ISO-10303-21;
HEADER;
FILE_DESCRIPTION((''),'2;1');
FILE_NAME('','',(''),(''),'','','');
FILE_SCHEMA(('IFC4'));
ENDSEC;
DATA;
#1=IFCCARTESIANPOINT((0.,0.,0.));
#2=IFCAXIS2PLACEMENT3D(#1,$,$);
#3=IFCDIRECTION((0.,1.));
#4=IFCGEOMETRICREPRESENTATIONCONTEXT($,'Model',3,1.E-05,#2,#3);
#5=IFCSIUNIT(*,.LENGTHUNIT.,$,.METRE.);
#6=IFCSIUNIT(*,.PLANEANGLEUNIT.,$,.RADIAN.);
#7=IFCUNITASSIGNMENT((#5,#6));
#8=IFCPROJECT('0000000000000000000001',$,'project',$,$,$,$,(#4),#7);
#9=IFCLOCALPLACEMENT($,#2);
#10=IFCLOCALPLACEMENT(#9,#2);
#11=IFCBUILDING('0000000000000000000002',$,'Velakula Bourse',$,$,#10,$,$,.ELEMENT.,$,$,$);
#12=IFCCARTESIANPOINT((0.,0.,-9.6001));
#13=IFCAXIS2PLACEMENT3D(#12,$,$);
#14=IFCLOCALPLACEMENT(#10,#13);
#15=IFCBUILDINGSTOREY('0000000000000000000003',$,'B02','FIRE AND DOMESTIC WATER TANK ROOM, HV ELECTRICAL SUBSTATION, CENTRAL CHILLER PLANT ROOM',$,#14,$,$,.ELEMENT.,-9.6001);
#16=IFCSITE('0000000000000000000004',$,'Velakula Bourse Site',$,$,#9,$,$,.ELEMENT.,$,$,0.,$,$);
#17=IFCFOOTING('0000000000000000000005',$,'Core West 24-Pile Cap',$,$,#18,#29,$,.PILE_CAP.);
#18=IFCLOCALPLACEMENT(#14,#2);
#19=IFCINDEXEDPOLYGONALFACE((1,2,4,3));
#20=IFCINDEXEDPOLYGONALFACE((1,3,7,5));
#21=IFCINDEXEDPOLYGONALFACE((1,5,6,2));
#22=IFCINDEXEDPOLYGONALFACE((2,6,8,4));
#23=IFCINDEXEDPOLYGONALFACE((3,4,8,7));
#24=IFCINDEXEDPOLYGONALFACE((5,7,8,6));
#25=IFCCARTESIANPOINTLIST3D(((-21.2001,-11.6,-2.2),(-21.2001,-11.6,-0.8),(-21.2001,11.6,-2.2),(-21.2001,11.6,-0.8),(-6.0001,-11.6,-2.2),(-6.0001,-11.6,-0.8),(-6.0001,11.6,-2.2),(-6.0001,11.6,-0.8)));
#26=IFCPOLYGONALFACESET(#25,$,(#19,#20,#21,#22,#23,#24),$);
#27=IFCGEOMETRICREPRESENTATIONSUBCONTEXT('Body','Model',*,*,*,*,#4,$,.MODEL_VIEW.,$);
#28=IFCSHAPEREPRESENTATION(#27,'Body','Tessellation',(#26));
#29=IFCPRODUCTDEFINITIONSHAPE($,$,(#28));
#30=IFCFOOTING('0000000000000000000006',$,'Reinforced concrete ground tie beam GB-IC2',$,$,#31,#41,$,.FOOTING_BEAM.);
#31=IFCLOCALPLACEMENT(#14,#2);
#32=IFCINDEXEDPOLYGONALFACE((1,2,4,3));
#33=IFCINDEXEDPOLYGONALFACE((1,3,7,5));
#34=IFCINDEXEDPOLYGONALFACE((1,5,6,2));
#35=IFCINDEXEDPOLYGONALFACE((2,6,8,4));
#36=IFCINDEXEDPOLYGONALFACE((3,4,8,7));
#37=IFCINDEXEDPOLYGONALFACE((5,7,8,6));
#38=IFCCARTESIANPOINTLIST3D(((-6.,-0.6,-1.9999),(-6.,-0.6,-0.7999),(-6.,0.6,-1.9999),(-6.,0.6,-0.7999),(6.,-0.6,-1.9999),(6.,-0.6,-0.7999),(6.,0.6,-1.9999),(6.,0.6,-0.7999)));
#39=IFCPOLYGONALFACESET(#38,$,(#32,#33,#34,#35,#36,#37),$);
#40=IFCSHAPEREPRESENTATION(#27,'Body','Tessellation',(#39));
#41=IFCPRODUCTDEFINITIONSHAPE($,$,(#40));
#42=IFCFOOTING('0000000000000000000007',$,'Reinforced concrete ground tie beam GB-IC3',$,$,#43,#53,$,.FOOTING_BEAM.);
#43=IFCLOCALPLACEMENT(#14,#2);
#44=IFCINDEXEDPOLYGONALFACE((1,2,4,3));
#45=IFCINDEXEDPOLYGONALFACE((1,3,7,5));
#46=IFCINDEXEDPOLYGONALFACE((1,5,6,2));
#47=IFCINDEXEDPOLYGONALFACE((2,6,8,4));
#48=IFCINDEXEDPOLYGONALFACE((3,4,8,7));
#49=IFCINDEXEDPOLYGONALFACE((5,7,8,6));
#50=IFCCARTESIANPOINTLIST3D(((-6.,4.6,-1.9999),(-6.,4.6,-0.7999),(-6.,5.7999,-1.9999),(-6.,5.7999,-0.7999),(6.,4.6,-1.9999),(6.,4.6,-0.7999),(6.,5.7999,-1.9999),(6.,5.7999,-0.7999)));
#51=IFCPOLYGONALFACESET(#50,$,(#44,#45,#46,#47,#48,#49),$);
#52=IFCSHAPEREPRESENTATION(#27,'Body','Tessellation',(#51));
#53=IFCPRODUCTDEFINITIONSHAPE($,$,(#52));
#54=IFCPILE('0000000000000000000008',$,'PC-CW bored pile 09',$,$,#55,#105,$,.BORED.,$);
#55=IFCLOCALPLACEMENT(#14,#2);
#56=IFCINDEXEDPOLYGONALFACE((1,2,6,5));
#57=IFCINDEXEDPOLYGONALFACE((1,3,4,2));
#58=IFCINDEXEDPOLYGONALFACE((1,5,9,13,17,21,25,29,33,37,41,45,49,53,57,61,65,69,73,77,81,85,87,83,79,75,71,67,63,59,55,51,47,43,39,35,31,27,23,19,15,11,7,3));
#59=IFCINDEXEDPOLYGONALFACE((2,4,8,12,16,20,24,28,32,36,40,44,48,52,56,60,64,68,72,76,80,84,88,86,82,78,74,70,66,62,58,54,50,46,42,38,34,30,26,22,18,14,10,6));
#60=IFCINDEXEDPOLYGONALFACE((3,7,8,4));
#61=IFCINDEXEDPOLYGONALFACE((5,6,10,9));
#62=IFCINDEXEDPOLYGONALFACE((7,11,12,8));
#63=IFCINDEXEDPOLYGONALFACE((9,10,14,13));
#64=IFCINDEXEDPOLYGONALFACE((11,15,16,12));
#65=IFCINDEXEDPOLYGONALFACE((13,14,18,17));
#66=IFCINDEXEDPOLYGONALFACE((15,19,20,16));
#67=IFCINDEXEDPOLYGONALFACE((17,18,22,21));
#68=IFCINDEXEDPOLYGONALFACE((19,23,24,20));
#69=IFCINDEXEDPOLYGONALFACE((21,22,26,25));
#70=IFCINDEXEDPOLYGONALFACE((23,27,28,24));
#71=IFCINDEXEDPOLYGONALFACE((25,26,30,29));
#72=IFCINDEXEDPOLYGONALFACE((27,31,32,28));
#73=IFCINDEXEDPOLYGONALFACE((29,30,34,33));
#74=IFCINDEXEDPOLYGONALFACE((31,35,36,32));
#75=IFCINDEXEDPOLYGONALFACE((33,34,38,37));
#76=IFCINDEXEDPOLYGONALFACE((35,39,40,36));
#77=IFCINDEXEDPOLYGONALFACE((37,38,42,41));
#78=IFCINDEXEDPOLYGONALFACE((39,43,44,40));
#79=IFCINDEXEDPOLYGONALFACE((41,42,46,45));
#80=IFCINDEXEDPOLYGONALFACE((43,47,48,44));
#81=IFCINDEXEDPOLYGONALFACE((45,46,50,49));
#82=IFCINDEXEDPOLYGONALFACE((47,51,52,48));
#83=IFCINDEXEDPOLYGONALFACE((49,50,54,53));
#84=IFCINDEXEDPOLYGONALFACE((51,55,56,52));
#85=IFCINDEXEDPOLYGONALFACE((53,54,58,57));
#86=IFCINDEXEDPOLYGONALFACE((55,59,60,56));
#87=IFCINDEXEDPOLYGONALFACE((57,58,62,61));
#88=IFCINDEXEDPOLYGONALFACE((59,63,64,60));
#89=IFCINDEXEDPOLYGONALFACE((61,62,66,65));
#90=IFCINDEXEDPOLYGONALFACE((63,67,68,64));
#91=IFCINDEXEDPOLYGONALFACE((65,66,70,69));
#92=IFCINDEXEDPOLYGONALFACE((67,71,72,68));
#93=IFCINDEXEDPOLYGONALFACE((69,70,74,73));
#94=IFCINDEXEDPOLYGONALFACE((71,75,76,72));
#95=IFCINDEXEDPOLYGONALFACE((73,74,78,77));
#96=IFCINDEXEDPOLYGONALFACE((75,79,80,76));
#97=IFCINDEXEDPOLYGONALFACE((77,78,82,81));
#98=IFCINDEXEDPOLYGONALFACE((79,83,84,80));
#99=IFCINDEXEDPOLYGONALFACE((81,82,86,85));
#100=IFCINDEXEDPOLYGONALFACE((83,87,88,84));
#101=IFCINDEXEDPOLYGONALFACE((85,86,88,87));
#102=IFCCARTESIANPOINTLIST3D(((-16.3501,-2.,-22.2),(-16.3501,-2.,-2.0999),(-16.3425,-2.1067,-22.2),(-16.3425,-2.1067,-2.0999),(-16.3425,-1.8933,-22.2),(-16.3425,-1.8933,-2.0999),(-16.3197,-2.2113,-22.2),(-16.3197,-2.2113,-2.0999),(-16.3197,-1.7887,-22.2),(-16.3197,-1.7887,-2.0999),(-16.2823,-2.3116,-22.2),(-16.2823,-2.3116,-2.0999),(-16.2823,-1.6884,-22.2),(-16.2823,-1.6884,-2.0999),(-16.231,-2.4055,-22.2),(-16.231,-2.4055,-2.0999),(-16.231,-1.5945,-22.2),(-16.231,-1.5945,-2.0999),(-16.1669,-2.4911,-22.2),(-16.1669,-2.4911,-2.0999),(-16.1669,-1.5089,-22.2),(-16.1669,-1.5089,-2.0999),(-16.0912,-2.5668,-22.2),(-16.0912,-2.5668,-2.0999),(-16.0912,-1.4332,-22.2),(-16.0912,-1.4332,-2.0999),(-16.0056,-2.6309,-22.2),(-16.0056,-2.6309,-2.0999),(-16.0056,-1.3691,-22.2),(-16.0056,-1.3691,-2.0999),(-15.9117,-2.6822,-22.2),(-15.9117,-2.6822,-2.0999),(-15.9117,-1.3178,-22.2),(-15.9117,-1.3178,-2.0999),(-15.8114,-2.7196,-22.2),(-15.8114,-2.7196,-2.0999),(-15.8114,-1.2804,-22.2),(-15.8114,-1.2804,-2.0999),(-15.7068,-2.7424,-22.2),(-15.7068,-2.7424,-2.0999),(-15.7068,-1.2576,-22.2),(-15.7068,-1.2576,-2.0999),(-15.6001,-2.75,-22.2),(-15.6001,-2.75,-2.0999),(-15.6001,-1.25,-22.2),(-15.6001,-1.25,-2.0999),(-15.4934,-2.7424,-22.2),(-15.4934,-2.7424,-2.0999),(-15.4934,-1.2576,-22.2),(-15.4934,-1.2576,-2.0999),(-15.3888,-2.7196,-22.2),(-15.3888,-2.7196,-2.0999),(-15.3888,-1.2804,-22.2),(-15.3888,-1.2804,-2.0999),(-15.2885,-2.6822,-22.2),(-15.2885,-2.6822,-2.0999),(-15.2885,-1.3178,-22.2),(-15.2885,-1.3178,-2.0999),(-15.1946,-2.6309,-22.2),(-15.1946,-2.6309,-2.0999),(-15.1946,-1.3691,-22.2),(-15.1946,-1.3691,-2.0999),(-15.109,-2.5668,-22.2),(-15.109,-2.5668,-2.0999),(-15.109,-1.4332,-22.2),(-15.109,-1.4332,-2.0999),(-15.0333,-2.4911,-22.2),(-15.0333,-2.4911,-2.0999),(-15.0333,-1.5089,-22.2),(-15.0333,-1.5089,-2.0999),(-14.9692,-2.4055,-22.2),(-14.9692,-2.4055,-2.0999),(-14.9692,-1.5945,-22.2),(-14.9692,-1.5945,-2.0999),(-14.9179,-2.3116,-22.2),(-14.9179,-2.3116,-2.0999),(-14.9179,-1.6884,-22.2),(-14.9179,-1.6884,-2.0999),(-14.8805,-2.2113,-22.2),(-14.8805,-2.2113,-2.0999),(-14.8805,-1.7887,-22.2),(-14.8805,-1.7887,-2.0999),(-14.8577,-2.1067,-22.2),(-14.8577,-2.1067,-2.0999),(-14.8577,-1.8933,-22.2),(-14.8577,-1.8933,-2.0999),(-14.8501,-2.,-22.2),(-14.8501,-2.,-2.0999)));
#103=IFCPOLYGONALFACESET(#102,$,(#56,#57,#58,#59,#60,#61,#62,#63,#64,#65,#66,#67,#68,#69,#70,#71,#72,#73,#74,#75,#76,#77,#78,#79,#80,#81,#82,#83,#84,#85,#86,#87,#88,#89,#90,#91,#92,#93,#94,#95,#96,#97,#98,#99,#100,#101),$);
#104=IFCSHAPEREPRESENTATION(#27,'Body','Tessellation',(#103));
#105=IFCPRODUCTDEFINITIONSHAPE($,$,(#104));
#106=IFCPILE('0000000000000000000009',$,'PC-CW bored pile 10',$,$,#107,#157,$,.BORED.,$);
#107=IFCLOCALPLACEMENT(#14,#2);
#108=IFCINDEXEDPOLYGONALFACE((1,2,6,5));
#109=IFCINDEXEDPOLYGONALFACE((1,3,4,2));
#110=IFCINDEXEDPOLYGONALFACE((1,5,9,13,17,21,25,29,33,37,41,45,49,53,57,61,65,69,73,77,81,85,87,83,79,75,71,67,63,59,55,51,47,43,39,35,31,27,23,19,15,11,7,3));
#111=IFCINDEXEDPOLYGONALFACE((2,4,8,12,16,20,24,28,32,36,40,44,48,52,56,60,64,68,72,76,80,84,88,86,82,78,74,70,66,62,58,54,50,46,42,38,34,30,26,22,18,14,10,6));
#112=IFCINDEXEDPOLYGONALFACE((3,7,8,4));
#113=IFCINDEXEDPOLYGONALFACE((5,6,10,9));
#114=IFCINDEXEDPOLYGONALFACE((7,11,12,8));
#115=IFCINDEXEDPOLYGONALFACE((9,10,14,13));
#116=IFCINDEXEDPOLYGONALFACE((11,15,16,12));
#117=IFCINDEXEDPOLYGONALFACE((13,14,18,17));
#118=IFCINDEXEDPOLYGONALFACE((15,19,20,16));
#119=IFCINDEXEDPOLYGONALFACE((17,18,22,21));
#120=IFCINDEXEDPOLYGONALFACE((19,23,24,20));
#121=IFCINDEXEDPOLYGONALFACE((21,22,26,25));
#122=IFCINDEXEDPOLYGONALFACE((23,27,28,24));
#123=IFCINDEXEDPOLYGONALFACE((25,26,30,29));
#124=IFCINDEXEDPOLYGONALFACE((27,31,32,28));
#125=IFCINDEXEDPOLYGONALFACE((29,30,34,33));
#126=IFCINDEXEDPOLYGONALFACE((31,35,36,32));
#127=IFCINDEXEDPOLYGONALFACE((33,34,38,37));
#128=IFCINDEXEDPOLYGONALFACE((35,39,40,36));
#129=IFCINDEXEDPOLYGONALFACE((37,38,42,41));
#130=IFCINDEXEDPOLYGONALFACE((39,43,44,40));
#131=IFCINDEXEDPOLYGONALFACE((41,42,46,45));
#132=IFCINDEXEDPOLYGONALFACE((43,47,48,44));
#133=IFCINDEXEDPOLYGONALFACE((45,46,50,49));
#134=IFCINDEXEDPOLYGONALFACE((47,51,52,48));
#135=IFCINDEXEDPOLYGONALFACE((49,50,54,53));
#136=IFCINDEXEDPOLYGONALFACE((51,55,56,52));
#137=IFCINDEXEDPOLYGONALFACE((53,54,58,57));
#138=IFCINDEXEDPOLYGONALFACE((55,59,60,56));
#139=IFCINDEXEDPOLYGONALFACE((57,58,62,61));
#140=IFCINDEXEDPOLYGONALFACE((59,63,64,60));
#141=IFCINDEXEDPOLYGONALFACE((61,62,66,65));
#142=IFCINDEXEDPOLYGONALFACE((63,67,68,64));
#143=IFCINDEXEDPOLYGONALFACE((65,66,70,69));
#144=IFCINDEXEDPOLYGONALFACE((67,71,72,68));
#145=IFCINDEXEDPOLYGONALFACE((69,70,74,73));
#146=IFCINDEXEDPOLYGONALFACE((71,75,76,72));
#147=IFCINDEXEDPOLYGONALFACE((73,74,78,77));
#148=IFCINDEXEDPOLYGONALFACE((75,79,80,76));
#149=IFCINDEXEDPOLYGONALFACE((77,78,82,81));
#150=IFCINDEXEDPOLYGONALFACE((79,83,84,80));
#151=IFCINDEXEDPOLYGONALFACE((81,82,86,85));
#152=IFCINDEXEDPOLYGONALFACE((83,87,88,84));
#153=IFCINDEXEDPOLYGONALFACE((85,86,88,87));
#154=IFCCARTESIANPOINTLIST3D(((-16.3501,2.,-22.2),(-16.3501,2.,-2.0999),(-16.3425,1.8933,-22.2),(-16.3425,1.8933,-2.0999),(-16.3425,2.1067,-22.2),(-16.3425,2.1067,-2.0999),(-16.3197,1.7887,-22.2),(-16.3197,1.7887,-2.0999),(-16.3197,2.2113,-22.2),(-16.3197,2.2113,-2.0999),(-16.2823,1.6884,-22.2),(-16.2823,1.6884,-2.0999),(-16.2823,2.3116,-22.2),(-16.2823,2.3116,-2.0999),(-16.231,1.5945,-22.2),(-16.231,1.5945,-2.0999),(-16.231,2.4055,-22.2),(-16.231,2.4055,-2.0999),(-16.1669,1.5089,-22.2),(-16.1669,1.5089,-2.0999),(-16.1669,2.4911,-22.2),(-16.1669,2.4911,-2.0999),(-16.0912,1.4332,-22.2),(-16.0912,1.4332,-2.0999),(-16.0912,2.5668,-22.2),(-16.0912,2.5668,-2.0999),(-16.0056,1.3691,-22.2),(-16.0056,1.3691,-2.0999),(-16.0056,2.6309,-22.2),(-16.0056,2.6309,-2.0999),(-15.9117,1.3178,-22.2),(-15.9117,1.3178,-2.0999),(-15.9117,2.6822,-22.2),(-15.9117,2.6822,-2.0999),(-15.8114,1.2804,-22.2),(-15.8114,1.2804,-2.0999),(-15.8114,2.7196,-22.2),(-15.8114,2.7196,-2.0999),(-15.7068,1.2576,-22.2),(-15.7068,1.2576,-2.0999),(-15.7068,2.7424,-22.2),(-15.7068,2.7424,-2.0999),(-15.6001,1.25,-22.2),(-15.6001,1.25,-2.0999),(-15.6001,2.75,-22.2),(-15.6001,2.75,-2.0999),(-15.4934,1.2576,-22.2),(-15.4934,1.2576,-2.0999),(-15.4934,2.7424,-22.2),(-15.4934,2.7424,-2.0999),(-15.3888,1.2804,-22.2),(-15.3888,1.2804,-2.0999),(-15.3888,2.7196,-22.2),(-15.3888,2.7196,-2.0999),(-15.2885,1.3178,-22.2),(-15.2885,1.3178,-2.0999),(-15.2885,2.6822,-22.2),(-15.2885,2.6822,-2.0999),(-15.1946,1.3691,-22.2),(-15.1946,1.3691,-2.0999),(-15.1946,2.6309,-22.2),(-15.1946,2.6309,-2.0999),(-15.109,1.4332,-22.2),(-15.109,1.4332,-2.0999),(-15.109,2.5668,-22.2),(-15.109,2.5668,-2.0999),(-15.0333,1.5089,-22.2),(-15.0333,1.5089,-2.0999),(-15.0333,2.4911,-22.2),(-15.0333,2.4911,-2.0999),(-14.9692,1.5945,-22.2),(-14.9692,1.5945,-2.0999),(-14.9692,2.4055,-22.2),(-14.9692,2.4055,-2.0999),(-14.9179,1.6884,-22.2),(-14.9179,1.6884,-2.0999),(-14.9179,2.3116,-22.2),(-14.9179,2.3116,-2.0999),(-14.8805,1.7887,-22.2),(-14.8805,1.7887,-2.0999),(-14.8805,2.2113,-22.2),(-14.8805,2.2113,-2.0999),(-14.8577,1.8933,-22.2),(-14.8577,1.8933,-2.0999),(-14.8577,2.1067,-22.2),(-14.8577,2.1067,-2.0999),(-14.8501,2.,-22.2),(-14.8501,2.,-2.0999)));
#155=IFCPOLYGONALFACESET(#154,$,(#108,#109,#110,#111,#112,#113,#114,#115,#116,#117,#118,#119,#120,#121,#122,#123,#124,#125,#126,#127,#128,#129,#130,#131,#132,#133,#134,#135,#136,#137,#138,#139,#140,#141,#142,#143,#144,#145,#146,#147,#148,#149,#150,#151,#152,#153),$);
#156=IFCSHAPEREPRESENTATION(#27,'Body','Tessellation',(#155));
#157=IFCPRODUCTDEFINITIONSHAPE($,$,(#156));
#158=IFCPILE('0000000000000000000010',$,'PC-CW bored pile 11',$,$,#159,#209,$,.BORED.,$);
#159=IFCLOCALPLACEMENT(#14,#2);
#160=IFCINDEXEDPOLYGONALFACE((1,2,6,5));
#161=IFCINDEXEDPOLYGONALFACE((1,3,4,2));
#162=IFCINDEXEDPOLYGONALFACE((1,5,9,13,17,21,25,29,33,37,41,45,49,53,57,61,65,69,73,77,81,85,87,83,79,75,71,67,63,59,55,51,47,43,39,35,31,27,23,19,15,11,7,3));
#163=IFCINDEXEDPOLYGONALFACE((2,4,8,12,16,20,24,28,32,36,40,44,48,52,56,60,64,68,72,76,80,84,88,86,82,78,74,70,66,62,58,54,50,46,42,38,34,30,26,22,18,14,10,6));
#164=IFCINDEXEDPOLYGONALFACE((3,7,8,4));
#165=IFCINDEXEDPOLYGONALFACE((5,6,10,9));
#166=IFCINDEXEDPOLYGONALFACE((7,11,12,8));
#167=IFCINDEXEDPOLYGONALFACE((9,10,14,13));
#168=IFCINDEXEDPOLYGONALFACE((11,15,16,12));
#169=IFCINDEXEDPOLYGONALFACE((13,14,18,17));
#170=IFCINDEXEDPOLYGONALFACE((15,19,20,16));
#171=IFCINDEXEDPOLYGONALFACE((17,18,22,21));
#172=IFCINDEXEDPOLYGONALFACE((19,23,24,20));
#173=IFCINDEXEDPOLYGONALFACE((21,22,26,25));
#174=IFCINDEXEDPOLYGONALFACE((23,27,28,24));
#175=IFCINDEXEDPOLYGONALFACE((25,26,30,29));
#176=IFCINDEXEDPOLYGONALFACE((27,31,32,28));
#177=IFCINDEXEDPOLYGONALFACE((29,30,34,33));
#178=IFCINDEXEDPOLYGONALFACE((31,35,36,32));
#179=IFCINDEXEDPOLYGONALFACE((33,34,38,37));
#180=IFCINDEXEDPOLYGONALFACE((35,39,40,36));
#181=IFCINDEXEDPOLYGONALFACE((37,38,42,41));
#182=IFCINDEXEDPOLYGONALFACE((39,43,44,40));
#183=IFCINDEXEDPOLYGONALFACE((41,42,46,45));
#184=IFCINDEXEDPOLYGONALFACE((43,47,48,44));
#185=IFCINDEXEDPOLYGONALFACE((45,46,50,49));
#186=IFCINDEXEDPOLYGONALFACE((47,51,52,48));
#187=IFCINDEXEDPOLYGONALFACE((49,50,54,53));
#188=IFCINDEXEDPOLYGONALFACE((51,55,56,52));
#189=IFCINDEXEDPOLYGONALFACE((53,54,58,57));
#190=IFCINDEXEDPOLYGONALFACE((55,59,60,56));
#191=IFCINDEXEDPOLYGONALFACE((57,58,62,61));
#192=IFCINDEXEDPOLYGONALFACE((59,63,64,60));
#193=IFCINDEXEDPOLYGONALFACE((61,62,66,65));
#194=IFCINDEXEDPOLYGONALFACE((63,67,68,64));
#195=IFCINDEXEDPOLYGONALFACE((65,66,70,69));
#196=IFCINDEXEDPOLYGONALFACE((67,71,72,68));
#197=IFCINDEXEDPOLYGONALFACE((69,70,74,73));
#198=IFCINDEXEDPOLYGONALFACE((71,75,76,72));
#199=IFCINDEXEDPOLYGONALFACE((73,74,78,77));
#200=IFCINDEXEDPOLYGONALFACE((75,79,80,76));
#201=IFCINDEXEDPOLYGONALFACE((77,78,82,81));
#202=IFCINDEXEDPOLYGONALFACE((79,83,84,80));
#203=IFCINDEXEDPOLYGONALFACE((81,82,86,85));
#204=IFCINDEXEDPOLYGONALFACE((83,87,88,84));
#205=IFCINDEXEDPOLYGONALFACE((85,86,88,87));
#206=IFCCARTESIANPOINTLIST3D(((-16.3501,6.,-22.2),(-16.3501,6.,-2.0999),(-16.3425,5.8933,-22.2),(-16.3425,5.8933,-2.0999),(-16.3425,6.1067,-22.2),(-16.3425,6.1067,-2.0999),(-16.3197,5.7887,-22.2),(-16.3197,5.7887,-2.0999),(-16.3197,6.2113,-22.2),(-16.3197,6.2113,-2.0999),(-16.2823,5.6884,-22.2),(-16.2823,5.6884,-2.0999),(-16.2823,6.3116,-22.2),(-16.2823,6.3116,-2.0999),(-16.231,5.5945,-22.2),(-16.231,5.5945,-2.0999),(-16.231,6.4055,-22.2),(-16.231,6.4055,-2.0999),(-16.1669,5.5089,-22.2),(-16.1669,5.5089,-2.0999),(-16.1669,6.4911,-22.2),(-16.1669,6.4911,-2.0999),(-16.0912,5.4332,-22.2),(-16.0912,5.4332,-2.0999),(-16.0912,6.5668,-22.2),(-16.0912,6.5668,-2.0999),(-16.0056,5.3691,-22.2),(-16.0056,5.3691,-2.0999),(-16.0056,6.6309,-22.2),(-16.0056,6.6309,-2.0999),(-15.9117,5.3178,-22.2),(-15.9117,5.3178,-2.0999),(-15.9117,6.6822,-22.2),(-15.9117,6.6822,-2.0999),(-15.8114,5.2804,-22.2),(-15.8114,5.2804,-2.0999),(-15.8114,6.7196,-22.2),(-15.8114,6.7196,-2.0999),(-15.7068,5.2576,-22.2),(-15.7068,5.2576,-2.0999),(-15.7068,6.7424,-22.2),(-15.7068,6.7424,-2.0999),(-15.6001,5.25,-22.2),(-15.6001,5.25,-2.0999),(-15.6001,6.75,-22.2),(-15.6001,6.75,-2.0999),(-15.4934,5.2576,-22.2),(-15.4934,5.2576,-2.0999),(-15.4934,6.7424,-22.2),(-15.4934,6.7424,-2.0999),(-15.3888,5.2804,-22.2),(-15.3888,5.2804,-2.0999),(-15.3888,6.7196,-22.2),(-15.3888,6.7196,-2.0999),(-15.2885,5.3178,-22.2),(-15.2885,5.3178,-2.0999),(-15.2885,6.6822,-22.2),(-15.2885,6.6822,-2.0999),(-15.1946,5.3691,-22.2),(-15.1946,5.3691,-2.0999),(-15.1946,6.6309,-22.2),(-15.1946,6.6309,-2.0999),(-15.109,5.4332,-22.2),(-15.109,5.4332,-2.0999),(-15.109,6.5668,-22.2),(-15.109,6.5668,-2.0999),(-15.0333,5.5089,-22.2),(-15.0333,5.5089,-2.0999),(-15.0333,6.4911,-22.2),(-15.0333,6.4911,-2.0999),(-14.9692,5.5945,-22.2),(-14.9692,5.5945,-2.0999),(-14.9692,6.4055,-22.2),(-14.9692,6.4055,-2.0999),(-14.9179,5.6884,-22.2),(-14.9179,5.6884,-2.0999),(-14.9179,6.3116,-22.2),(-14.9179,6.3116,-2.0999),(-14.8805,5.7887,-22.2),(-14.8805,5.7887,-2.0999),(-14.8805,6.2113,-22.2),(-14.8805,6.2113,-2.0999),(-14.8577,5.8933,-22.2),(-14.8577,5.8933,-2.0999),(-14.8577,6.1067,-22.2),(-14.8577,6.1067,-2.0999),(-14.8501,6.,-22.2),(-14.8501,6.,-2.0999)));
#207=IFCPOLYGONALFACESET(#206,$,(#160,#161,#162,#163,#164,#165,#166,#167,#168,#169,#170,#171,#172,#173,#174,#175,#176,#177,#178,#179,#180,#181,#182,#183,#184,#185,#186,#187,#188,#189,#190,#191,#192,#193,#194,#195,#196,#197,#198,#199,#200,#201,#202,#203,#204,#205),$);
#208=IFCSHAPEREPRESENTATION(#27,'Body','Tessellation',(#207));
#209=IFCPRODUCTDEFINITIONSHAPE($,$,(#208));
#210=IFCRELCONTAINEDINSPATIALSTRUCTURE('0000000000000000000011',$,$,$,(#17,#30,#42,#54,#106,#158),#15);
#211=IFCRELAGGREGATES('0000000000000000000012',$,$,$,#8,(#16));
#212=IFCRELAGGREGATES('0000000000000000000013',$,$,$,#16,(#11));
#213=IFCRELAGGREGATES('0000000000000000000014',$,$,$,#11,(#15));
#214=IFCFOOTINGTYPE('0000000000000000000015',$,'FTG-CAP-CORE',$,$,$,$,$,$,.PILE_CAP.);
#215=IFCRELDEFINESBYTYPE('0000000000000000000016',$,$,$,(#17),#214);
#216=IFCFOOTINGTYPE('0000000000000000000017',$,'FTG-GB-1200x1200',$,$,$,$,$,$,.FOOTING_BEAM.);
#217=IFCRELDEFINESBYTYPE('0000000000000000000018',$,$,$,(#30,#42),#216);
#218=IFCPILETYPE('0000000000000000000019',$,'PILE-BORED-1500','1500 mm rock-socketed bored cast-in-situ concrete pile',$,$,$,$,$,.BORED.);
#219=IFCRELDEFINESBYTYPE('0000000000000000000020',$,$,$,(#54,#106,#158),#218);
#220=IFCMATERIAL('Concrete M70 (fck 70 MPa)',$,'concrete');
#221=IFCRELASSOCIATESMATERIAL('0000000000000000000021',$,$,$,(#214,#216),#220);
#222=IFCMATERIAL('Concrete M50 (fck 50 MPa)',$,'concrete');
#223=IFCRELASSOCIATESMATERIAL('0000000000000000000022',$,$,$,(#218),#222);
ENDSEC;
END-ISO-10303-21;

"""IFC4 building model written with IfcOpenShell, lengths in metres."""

from ifc_helpers import new_model, si_unit, direction, frame, origin, origin_2d, place, context, subcontext, project, spatial, rectangle, circle, extrude, material, material_profile, profile_set, type_object, element, save


model = new_model("IFC4")

# Units and contexts
model_context = context("Model", 3, precision=1e-05, world=origin(), true_north=direction((0.0, 1.0)))
body_context = subcontext(model_context, "Body", "Model", "MODEL_VIEW")
ifc_project = project(units=[si_unit("LENGTHUNIT", "METRE"), si_unit("PLANEANGLEUNIT", "RADIAN")], contexts=[model_context])

# Site, building, storey
site_placement = place(None, origin())
site = spatial("IfcSite", under=ifc_project, at=site_placement, Name="Velakula Bourse Site", CompositionType="ELEMENT", RefElevation=0.0)
building_placement = place(site_placement, origin())
building = spatial("IfcBuilding", under=site, at=building_placement, Name="Velakula Bourse", CompositionType="ELEMENT")
storey_placement = place(building_placement, frame((0.0, 0.0, -9.6001)))
storey = spatial("IfcBuildingStorey", under=building, at=storey_placement, Name="B02", Description="FIRE AND DOMESTIC WATER TANK ROOM, HV ELECTRICAL SUBSTATION, CENTRAL CHILLER PLANT ROOM", CompositionType="ELEMENT", Elevation=-9.6001)

# Footings
ifc_material_1 = material(Name="Concrete M70 (fck 70 MPa)", Category="concrete")
footing_type_1 = type_object("IfcFootingType", Name="FTG-CAP-CORE", PredefinedType="PILE_CAP", material=ifc_material_1)
footing_placement = place(storey_placement, frame((-13.6001, 0.0, -2.2), z_axis=(0.0, 0.0, 1.0), x_axis=(1.0, 0.0, 0.0)))
element("IfcFooting", 1, at=footing_placement, inside=storey, type_object=footing_type_1, Name="Core West 24-Pile Cap", PredefinedType="PILE_CAP", context=body_context, shape_type="SweptSolid", body=[
    extrude(rectangle(XDim=15.2, YDim=23.2, at=origin_2d()), origin(), (0.0, 0.0, 1.0), 1.3999),
])
ifc_material_profile_1 = material_profile(ifc_material_1, rectangle(XDim=1.2, YDim=1.2, at=origin_2d()), Name="Concrete M70 (fck 70 MPa)")
ifc_profile_set_1 = profile_set([ifc_material_profile_1], Name="Concrete M70 (fck 70 MPa)")
footing_type_2 = type_object("IfcFootingType", Name="FTG-GB-1200x1200", PredefinedType="FOOTING_BEAM", material=ifc_profile_set_1)
for number, where, z_axis, x_axis, name in (
    (2, (-6.0, 0.0, -1.3999), (1.0, 0.0, 0.0), (0.0, 1.0, 0.0), "Reinforced concrete ground tie beam GB-IC2"),
    (3, (-6.0, 5.2, -1.3999), (1.0, 0.0, 0.0), (0.0, 1.0, 0.0), "Reinforced concrete ground tie beam GB-IC3"),
):
    element("IfcFooting", number, at=place(storey_placement, frame(where, z_axis=z_axis, x_axis=x_axis)), inside=storey, type_object=footing_type_2, Name=name, PredefinedType="FOOTING_BEAM", context=body_context, shape_type="SweptSolid", body=[
        extrude(rectangle(XDim=1.2, YDim=1.2, at=origin_2d()), origin(), (0.0, 0.0, 1.0), 12.0),
    ])

# Piles
ifc_material_2 = material(Name="Concrete M50 (fck 50 MPa)", Category="concrete")
ifc_material_profile_2 = material_profile(ifc_material_2, circle(Radius=0.75, at=origin_2d()), Name="Concrete M50 (fck 50 MPa)")
ifc_profile_set_2 = profile_set([ifc_material_profile_2], Name="Concrete M50 (fck 50 MPa)")
pile_type = type_object("IfcPileType", Name="PILE-BORED-1500", Description="1500 mm rock-socketed bored cast-in-situ concrete pile", PredefinedType="BORED", material=ifc_profile_set_2)
for number, where, z_axis, x_axis, name in (
    (4, (-15.6001, -2.0, -2.0999), (0.0, 0.0, -1.0), (1.0, 0.0, 0.0), "PC-CW bored pile 09"),
    (5, (-15.6001, 2.0, -2.0999), (0.0, 0.0, -1.0), (1.0, 0.0, 0.0), "PC-CW bored pile 10"),
    (6, (-15.6001, 6.0, -2.0999), (0.0, 0.0, -1.0), (1.0, 0.0, 0.0), "PC-CW bored pile 11"),
):
    element("IfcPile", number, at=place(storey_placement, frame(where, z_axis=z_axis, x_axis=x_axis)), inside=storey, type_object=pile_type, Name=name, PredefinedType="BORED", context=body_context, shape_type="SweptSolid", body=[
        extrude(circle(Radius=0.75, at=origin_2d()), origin(), (0.0, 0.0, 1.0), 20.1001),
    ])

save(model, "model.ifc")
